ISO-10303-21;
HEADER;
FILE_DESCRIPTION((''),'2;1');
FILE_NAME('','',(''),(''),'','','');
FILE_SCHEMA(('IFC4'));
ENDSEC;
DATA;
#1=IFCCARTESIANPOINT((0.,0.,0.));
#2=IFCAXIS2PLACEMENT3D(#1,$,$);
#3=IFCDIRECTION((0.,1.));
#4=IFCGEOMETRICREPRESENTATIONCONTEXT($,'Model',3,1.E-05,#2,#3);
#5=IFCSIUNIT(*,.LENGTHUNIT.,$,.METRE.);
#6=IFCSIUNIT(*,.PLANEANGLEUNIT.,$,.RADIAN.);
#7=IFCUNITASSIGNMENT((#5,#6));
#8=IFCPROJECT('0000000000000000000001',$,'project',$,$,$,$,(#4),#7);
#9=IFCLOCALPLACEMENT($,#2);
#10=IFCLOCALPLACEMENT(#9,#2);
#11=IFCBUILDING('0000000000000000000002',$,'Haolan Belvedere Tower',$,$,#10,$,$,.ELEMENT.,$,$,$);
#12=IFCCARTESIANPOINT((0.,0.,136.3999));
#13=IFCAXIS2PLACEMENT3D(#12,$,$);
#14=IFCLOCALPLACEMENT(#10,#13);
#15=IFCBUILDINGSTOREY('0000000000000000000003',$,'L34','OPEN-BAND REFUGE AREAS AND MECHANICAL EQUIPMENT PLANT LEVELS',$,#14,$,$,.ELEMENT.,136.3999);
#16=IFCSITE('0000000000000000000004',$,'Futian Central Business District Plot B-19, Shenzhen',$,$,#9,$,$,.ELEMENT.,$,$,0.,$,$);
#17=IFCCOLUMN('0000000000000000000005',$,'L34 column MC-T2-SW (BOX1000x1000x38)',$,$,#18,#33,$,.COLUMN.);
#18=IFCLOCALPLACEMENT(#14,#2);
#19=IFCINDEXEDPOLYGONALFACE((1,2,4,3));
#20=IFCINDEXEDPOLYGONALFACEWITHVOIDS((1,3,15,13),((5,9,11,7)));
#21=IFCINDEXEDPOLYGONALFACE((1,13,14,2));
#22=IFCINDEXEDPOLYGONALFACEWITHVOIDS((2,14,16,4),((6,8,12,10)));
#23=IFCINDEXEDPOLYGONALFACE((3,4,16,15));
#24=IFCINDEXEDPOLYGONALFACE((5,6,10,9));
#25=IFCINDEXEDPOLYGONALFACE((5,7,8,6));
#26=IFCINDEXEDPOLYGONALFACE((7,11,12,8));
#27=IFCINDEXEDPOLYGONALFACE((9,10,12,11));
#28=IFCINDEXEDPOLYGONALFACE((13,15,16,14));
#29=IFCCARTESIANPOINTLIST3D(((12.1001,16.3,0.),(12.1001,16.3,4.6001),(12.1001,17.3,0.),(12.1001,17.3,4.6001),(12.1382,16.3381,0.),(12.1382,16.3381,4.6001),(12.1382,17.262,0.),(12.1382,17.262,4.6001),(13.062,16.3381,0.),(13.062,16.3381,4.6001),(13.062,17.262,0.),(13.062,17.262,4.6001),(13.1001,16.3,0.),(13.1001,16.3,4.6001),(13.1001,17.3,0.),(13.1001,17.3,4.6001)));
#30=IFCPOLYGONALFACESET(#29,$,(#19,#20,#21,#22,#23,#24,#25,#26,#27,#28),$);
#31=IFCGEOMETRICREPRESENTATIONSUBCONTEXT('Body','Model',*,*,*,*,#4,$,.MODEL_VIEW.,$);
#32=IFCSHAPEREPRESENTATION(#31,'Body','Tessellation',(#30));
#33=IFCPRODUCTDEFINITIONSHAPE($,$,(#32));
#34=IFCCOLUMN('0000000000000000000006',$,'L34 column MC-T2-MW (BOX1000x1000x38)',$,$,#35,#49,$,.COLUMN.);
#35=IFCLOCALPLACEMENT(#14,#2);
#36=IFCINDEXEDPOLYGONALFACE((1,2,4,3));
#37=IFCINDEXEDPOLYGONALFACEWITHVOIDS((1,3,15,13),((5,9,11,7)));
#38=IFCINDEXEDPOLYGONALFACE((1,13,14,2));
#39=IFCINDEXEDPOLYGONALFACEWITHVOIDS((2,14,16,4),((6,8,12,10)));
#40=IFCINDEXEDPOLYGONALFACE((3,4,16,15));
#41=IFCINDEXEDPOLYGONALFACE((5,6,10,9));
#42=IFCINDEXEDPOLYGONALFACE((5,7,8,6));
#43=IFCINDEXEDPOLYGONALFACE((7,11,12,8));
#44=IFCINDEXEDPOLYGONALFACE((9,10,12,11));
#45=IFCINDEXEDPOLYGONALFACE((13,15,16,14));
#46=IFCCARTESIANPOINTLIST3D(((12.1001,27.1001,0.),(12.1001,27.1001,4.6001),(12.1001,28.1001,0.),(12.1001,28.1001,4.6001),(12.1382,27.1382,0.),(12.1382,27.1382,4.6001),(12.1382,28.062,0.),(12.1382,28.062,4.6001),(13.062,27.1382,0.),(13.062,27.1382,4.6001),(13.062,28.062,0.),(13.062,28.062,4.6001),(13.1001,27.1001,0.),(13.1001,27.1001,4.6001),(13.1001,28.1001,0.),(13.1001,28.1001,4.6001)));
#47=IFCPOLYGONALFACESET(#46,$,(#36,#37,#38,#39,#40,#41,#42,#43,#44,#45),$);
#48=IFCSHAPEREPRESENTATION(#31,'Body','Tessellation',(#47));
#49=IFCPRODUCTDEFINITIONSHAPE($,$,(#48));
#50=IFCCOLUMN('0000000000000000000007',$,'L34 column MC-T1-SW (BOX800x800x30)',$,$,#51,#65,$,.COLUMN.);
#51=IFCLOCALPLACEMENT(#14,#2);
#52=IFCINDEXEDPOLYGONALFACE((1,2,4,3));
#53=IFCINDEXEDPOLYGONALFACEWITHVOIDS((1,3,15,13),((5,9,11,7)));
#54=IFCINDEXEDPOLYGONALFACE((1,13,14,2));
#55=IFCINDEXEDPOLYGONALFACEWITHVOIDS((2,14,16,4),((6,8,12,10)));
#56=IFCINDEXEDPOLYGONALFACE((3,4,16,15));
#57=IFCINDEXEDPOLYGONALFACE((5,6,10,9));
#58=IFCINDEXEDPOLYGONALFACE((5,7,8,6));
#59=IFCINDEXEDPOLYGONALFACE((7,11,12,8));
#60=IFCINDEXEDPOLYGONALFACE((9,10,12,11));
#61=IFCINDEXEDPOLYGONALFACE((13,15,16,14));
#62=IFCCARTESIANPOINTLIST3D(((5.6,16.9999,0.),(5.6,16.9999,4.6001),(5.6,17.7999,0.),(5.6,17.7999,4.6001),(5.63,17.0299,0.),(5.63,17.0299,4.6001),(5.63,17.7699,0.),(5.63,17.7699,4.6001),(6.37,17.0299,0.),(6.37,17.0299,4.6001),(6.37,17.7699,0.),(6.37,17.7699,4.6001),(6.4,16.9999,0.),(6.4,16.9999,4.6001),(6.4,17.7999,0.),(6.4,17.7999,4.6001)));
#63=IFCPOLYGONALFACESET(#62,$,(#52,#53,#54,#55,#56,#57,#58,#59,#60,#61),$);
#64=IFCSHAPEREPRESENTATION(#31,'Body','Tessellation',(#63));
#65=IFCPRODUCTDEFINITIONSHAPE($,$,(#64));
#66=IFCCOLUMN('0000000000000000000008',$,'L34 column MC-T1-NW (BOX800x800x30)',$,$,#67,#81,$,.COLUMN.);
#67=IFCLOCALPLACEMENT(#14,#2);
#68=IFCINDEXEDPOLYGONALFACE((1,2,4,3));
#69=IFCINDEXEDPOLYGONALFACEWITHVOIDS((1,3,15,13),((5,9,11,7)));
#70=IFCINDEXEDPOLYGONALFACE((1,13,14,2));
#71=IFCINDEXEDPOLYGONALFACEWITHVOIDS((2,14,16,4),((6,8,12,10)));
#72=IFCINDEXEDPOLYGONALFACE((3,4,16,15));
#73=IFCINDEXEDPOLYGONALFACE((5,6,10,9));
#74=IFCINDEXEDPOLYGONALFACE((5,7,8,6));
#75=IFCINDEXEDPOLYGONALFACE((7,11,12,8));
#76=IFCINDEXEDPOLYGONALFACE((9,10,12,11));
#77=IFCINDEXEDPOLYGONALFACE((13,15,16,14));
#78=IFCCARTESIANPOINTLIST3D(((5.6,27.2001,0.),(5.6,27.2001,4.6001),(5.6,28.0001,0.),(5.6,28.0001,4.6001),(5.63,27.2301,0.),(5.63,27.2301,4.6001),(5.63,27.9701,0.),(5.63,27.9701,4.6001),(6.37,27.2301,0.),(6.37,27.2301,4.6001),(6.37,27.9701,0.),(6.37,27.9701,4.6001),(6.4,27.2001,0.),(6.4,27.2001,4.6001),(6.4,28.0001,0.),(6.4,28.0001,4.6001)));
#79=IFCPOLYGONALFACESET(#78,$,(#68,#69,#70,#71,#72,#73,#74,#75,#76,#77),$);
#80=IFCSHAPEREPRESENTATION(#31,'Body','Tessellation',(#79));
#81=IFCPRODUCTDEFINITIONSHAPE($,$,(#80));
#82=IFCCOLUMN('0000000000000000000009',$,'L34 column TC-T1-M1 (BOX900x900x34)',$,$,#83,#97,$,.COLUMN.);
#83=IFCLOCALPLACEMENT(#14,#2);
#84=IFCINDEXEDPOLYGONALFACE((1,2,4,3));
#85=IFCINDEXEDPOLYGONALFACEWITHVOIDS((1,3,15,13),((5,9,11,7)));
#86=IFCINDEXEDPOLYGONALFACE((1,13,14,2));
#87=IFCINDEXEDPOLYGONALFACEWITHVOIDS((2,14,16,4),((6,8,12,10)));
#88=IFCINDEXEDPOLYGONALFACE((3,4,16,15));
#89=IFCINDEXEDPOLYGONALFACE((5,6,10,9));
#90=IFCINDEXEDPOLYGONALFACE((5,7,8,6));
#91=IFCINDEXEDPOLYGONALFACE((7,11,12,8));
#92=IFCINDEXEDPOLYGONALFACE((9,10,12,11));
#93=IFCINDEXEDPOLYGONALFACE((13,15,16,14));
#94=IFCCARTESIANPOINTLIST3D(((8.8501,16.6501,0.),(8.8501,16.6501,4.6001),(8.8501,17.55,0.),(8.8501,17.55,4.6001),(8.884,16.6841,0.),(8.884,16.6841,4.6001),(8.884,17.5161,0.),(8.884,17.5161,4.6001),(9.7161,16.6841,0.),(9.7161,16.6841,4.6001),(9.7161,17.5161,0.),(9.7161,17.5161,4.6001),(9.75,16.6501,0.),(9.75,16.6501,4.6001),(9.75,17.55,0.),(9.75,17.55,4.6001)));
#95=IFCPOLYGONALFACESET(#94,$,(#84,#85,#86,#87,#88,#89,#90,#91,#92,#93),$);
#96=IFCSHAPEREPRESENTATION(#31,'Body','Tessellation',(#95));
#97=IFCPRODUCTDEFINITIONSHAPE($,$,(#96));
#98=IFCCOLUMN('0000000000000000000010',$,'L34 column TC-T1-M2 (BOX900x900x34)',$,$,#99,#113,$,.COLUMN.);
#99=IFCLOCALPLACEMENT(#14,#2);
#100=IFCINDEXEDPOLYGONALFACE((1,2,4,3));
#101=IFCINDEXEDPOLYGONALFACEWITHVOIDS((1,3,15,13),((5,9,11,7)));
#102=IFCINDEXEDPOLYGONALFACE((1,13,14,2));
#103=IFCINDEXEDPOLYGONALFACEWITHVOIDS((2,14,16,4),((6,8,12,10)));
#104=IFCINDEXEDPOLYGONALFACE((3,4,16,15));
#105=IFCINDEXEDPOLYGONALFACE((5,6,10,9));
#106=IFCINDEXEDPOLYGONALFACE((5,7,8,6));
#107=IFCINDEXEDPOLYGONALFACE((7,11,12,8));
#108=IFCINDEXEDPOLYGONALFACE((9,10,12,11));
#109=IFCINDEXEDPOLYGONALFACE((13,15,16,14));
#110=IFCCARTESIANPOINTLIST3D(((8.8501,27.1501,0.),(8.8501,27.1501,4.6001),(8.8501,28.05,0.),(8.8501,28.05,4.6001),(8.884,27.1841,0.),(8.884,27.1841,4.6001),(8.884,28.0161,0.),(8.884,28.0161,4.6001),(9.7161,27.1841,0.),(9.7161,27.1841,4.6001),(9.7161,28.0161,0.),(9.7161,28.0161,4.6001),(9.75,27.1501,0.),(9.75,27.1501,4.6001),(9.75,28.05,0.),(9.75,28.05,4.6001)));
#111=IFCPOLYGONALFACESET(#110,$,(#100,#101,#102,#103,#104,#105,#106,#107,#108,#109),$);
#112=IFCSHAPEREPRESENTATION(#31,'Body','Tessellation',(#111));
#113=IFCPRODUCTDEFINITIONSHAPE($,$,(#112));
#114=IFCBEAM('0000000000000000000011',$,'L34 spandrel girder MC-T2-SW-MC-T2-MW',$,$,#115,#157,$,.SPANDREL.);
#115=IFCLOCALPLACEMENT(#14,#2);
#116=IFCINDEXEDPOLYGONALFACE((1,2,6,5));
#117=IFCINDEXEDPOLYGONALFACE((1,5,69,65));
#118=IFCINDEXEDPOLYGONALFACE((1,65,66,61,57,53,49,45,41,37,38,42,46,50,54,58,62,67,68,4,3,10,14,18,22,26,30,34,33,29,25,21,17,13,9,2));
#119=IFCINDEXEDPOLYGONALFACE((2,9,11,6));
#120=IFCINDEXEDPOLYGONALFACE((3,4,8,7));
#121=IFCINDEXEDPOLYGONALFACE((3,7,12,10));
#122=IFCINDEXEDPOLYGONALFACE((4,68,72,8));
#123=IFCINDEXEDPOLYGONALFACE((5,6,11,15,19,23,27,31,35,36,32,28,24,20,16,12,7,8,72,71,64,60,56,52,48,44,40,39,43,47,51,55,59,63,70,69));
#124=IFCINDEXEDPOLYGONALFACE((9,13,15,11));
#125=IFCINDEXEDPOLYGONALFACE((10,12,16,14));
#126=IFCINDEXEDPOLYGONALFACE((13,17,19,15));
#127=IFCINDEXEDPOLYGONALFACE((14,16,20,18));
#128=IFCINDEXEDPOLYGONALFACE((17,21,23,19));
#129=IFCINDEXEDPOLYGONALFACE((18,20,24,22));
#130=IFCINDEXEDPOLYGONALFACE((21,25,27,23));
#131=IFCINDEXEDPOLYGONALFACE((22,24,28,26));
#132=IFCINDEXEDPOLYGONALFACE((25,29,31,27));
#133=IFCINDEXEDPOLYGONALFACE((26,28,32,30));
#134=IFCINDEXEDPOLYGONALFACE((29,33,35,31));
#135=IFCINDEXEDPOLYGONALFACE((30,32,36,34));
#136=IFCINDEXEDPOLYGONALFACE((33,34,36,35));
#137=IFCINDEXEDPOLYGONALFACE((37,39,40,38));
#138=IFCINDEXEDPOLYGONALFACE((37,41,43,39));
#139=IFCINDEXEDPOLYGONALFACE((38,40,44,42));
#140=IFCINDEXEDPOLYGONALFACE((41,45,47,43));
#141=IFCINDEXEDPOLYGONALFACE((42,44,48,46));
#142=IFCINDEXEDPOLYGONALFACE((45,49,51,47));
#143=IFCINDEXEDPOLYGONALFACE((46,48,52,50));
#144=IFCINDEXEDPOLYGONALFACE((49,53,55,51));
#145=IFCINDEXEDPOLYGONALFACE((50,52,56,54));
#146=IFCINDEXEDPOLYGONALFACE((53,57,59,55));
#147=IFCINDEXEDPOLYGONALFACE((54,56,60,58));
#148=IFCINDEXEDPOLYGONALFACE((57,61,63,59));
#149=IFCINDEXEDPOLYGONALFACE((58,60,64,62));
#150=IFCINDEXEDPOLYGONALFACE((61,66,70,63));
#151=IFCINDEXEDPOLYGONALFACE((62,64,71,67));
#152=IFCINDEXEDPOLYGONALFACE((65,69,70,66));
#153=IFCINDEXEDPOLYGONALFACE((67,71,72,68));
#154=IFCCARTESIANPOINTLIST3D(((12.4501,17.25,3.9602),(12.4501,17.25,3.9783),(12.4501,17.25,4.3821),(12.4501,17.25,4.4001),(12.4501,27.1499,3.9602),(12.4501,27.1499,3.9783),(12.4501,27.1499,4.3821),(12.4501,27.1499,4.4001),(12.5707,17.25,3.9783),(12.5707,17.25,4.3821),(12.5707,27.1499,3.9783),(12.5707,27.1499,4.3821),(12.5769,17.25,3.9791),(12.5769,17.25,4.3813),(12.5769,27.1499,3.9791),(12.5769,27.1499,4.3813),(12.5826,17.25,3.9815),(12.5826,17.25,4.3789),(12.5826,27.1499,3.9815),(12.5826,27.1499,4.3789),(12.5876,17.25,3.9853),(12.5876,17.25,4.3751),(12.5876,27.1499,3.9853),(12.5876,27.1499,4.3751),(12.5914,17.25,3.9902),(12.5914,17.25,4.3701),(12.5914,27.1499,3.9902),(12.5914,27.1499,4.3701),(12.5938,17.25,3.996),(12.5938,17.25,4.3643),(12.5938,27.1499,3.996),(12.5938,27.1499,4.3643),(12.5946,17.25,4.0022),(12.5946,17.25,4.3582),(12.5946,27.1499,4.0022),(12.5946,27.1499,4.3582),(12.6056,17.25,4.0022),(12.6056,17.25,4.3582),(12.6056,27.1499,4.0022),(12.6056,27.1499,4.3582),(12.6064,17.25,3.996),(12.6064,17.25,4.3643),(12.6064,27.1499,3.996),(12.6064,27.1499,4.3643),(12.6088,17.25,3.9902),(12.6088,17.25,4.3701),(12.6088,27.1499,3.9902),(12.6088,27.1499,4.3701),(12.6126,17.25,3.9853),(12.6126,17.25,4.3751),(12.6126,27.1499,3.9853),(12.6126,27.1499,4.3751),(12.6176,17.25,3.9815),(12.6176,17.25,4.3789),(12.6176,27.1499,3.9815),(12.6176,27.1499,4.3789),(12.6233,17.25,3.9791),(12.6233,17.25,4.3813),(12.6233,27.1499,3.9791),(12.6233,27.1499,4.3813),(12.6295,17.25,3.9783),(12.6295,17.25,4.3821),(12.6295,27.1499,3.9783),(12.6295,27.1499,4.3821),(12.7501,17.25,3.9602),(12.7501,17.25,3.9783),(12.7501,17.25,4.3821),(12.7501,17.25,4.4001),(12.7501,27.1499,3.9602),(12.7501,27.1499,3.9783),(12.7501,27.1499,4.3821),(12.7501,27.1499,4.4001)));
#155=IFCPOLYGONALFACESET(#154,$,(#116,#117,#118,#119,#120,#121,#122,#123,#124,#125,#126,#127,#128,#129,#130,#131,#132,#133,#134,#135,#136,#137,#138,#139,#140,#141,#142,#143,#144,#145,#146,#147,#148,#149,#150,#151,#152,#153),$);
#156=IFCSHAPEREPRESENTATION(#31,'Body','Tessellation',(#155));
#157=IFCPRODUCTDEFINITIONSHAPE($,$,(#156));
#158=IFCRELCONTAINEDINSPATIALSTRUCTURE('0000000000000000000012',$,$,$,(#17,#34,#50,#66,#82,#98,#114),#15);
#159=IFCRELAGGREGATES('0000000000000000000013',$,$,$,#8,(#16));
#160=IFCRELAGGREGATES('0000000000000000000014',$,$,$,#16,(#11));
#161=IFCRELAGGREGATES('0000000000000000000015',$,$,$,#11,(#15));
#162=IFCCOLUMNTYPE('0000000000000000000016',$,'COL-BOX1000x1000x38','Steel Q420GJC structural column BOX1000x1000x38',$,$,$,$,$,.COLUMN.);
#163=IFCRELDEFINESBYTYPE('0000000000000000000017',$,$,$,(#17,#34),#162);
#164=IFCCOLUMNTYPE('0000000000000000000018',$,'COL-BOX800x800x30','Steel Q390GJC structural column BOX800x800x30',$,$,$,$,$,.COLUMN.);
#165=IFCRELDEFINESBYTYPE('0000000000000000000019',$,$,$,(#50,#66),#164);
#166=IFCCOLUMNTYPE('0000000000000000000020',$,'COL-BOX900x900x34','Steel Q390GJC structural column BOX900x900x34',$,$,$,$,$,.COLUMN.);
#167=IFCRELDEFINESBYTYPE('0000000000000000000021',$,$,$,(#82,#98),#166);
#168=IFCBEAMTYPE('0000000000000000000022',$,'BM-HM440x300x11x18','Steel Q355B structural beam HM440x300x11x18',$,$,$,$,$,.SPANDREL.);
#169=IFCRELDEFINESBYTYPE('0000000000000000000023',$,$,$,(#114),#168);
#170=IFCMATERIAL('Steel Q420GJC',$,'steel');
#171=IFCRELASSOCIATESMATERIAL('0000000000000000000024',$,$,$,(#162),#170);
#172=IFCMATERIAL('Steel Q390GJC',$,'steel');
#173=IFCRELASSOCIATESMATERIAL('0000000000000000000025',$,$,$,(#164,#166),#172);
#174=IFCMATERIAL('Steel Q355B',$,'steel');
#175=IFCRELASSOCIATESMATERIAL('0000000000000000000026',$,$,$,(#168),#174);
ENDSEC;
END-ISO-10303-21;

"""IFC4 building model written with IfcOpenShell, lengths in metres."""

from ifc_helpers import new_model, si_unit, direction, frame, origin, origin_2d, place, context, subcontext, project, spatial, hollow_rectangle, i_section, extrude, material, material_profile, profile_set, type_object, element, save


model = new_model("IFC4")

# Units and contexts
model_context = context("Model", 3, precision=1e-05, world=origin(), true_north=direction((0.0, 1.0)))
body_context = subcontext(model_context, "Body", "Model", "MODEL_VIEW")
ifc_project = project(units=[si_unit("LENGTHUNIT", "METRE"), si_unit("PLANEANGLEUNIT", "RADIAN")], contexts=[model_context])

# Site, building, storey
site_placement = place(None, origin())
site = spatial("IfcSite", under=ifc_project, at=site_placement, Name="Futian Central Business District Plot B-19, Shenzhen", CompositionType="ELEMENT", RefElevation=0.0)
building_placement = place(site_placement, origin())
building = spatial("IfcBuilding", under=site, at=building_placement, Name="Haolan Belvedere Tower", CompositionType="ELEMENT")
storey_placement = place(building_placement, frame((0.0, 0.0, 136.3999)))
storey = spatial("IfcBuildingStorey", under=building, at=storey_placement, Name="L34", Description="OPEN-BAND REFUGE AREAS AND MECHANICAL EQUIPMENT PLANT LEVELS", CompositionType="ELEMENT", Elevation=136.3999)

# Columns
ifc_material_1 = material(Name="Steel Q420GJC", Category="steel")
ifc_material_profile_1 = material_profile(ifc_material_1, hollow_rectangle(XDim=1.0, YDim=1.0, WallThickness=0.0381, at=origin_2d()), Name="Steel Q420GJC")
ifc_profile_set_1 = profile_set([ifc_material_profile_1], Name="Steel Q420GJC")
column_type_1 = type_object("IfcColumnType", Name="COL-BOX1000x1000x38", Description="Steel Q420GJC structural column BOX1000x1000x38", PredefinedType="COLUMN", material=ifc_profile_set_1)
for number, where, z_axis, x_axis, name in (
    (1, (12.6001, 16.8, 0.0), (0.0, 0.0, 1.0), (1.0, 0.0, 0.0), "L34 column MC-T2-SW (BOX1000x1000x38)"),
    (2, (12.6001, 27.6001, 0.0), (0.0, 0.0, 1.0), (1.0, 0.0, 0.0), "L34 column MC-T2-MW (BOX1000x1000x38)"),
):
    element("IfcColumn", number, at=place(storey_placement, frame(where, z_axis=z_axis, x_axis=x_axis)), inside=storey, type_object=column_type_1, Name=name, PredefinedType="COLUMN", context=body_context, shape_type="SweptSolid", body=[
        extrude(hollow_rectangle(XDim=1.0, YDim=1.0, WallThickness=0.0381, at=origin_2d()), origin(), (0.0, 0.0, 1.0), 4.6001),
    ])
ifc_material_2 = material(Name="Steel Q390GJC", Category="steel")
ifc_material_profile_2 = material_profile(ifc_material_2, hollow_rectangle(XDim=0.8, YDim=0.8, WallThickness=0.03, at=origin_2d()), Name="Steel Q390GJC")
ifc_profile_set_2 = profile_set([ifc_material_profile_2], Name="Steel Q390GJC")
column_type_2 = type_object("IfcColumnType", Name="COL-BOX800x800x30", Description="Steel Q390GJC structural column BOX800x800x30", PredefinedType="COLUMN", material=ifc_profile_set_2)
for number, where, z_axis, x_axis, name in (
    (3, (6.0, 17.3999, 0.0), (0.0, 0.0, 1.0), (1.0, 0.0, 0.0), "L34 column MC-T1-SW (BOX800x800x30)"),
    (4, (6.0, 27.6001, 0.0), (0.0, 0.0, 1.0), (1.0, 0.0, 0.0), "L34 column MC-T1-NW (BOX800x800x30)"),
):
    element("IfcColumn", number, at=place(storey_placement, frame(where, z_axis=z_axis, x_axis=x_axis)), inside=storey, type_object=column_type_2, Name=name, PredefinedType="COLUMN", context=body_context, shape_type="SweptSolid", body=[
        extrude(hollow_rectangle(XDim=0.8, YDim=0.8, WallThickness=0.03, at=origin_2d()), origin(), (0.0, 0.0, 1.0), 4.6001),
    ])
ifc_material_profile_3 = material_profile(ifc_material_2, hollow_rectangle(XDim=0.8999, YDim=0.8999, WallThickness=0.0339, at=origin_2d()), Name="Steel Q390GJC")
ifc_profile_set_3 = profile_set([ifc_material_profile_3], Name="Steel Q390GJC")
column_type_3 = type_object("IfcColumnType", Name="COL-BOX900x900x34", Description="Steel Q390GJC structural column BOX900x900x34", PredefinedType="COLUMN", material=ifc_profile_set_3)
for number, where, z_axis, x_axis, name in (
    (5, (9.3, 17.1001, 0.0), (0.0, 0.0, 1.0), (1.0, 0.0, 0.0), "L34 column TC-T1-M1 (BOX900x900x34)"),
    (6, (9.3, 27.6001, 0.0), (0.0, 0.0, 1.0), (1.0, 0.0, 0.0), "L34 column TC-T1-M2 (BOX900x900x34)"),
):
    element("IfcColumn", number, at=place(storey_placement, frame(where, z_axis=z_axis, x_axis=x_axis)), inside=storey, type_object=column_type_3, Name=name, PredefinedType="COLUMN", context=body_context, shape_type="SweptSolid", body=[
        extrude(hollow_rectangle(XDim=0.8999, YDim=0.8999, WallThickness=0.0339, at=origin_2d()), origin(), (0.0, 0.0, 1.0), 4.6001),
    ])

# Beam
ifc_material_3 = material(Name="Steel Q355B", Category="steel")
ifc_material_profile_4 = material_profile(ifc_material_3, i_section(OverallWidth=0.3, OverallDepth=0.4399, WebThickness=0.011, FlangeThickness=0.0181, FilletRadius=0.0239, at=origin_2d()), Name="Steel Q355B")
ifc_profile_set_4 = profile_set([ifc_material_profile_4], Name="Steel Q355B")
beam_type_1 = type_object("IfcBeamType", Name="BM-HM440x300x11x18", Description="Steel Q355B structural beam HM440x300x11x18", PredefinedType="SPANDREL", material=ifc_profile_set_4)
beam_1_placement = place(storey_placement, frame((12.6001, 17.25, 4.1802), z_axis=(0.0, 1.0, 0.0), x_axis=(-1.0, 0.0, 0.0)))
element("IfcBeam", 7, at=beam_1_placement, inside=storey, type_object=beam_type_1, Name="L34 spandrel girder MC-T2-SW-MC-T2-MW", PredefinedType="SPANDREL", context=body_context, shape_type="SweptSolid", body=[
    extrude(i_section(OverallWidth=0.3, OverallDepth=0.4399, WebThickness=0.011, FlangeThickness=0.0181, FilletRadius=0.0239, at=origin_2d()), origin(), (0.0, 0.0, 1.0), 9.8999),
])

save(model, "model.ifc")
